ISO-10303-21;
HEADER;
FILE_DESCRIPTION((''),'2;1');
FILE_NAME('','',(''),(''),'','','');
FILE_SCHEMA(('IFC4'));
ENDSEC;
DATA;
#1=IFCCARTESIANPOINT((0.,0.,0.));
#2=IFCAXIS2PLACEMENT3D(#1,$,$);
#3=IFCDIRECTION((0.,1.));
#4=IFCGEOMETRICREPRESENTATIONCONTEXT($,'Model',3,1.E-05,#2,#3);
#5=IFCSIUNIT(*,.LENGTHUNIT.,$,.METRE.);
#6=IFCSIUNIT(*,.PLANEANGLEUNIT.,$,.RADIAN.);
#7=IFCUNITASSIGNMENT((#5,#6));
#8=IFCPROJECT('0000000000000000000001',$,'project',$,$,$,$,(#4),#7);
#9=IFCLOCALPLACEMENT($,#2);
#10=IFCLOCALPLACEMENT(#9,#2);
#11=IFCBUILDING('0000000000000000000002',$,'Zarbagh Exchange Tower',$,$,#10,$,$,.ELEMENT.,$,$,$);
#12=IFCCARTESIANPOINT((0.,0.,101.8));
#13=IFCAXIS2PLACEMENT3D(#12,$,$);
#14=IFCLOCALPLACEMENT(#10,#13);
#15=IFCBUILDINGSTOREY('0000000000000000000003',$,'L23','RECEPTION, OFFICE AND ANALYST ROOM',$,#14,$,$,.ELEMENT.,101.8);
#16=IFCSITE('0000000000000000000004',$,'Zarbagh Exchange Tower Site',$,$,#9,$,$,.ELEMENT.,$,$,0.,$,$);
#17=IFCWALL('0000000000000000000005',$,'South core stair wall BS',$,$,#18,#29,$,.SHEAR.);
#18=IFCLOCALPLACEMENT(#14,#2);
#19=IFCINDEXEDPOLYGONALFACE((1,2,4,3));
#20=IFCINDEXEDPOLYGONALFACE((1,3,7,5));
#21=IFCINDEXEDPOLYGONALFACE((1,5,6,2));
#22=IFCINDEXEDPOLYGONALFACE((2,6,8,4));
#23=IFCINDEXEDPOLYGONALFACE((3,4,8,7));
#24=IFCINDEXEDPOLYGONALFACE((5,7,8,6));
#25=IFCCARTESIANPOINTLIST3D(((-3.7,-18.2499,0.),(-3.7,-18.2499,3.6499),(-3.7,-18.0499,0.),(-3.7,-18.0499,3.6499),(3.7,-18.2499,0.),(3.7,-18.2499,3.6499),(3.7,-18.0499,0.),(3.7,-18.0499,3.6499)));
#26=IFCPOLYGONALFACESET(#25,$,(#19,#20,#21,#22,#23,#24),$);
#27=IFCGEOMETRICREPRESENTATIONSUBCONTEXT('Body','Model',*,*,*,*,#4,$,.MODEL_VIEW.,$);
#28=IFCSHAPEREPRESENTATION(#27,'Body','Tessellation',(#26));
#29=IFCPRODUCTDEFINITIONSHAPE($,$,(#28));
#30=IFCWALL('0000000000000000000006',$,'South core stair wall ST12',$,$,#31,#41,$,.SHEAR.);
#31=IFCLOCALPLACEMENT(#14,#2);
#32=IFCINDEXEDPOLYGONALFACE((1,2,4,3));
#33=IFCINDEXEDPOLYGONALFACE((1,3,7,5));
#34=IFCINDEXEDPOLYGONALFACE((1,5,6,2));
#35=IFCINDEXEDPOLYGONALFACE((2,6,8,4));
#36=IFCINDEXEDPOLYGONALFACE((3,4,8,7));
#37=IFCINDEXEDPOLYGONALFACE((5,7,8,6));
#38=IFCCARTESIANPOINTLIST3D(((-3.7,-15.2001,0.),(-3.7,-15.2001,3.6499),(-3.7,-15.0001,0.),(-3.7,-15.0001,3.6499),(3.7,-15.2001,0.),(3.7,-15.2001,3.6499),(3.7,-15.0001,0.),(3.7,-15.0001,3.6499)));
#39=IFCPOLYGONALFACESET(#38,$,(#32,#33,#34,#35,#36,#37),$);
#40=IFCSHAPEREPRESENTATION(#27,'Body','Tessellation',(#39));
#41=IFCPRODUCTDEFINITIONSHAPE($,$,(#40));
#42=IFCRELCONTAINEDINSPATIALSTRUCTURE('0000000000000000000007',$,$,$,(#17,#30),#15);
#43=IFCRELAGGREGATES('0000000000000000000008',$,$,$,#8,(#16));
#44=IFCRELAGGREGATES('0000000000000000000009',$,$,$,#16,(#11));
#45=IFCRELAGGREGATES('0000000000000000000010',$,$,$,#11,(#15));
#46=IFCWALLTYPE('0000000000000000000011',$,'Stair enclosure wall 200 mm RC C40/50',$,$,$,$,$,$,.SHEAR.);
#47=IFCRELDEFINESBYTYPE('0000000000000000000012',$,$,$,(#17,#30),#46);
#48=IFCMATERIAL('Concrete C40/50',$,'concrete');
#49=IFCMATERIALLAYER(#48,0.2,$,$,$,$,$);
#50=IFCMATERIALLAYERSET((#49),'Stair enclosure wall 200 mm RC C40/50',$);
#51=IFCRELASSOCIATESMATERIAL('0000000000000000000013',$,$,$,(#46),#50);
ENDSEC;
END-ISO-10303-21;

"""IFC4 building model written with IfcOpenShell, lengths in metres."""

from ifc_helpers import new_model, si_unit, direction, frame, frame_2d, origin, place, context, subcontext, project, spatial, rectangle, extrude, material, layer, layer_set, type_object, element, save


model = new_model("IFC4")

# Units and contexts
model_context = context("Model", 3, precision=1e-05, world=origin(), true_north=direction((0.0, 1.0)))
body_context = subcontext(model_context, "Body", "Model", "MODEL_VIEW")
ifc_project = project(units=[si_unit("LENGTHUNIT", "METRE"), si_unit("PLANEANGLEUNIT", "RADIAN")], contexts=[model_context])

# Site, building, storey
site_placement = place(None, origin())
site = spatial("IfcSite", under=ifc_project, at=site_placement, Name="Zarbagh Exchange Tower Site", CompositionType="ELEMENT", RefElevation=0.0)
building_placement = place(site_placement, origin())
building = spatial("IfcBuilding", under=site, at=building_placement, Name="Zarbagh Exchange Tower", CompositionType="ELEMENT")
storey_placement = place(building_placement, frame((0.0, 0.0, 101.8)))
storey = spatial("IfcBuildingStorey", under=building, at=storey_placement, Name="L23", Description="RECEPTION, OFFICE AND ANALYST ROOM", CompositionType="ELEMENT", Elevation=101.8)

# Walls
ifc_material_1 = material(Name="Concrete C40/50", Category="concrete")
ifc_layer_1 = layer(ifc_material_1, 0.2)
ifc_layer_set_1 = layer_set([ifc_layer_1], Name="Stair enclosure wall 200 mm RC C40/50")
wall_type_1 = type_object("IfcWallType", Name="Stair enclosure wall 200 mm RC C40/50", PredefinedType="SHEAR", material=ifc_layer_set_1)
for number, where, z_axis, x_axis, name in (
    (1, (3.7, -18.1499, 0.0), (0.0, 0.0, 1.0), (-1.0, 0.0, 0.0), "South core stair wall BS"),
    (2, (3.7, -15.1001, 0.0), (0.0, 0.0, 1.0), (-1.0, 0.0, 0.0), "South core stair wall ST12"),
):
    element("IfcWall", number, at=place(storey_placement, frame(where, z_axis=z_axis, x_axis=x_axis)), inside=storey, type_object=wall_type_1, Name=name, PredefinedType="SHEAR", context=body_context, shape_type="SweptSolid", body=[
        extrude(rectangle(XDim=7.3999, YDim=0.2, at=frame_2d((3.7, 0.0))), origin(), (0.0, 0.0, 1.0), 3.6499),
    ])

save(model, "model.ifc")
